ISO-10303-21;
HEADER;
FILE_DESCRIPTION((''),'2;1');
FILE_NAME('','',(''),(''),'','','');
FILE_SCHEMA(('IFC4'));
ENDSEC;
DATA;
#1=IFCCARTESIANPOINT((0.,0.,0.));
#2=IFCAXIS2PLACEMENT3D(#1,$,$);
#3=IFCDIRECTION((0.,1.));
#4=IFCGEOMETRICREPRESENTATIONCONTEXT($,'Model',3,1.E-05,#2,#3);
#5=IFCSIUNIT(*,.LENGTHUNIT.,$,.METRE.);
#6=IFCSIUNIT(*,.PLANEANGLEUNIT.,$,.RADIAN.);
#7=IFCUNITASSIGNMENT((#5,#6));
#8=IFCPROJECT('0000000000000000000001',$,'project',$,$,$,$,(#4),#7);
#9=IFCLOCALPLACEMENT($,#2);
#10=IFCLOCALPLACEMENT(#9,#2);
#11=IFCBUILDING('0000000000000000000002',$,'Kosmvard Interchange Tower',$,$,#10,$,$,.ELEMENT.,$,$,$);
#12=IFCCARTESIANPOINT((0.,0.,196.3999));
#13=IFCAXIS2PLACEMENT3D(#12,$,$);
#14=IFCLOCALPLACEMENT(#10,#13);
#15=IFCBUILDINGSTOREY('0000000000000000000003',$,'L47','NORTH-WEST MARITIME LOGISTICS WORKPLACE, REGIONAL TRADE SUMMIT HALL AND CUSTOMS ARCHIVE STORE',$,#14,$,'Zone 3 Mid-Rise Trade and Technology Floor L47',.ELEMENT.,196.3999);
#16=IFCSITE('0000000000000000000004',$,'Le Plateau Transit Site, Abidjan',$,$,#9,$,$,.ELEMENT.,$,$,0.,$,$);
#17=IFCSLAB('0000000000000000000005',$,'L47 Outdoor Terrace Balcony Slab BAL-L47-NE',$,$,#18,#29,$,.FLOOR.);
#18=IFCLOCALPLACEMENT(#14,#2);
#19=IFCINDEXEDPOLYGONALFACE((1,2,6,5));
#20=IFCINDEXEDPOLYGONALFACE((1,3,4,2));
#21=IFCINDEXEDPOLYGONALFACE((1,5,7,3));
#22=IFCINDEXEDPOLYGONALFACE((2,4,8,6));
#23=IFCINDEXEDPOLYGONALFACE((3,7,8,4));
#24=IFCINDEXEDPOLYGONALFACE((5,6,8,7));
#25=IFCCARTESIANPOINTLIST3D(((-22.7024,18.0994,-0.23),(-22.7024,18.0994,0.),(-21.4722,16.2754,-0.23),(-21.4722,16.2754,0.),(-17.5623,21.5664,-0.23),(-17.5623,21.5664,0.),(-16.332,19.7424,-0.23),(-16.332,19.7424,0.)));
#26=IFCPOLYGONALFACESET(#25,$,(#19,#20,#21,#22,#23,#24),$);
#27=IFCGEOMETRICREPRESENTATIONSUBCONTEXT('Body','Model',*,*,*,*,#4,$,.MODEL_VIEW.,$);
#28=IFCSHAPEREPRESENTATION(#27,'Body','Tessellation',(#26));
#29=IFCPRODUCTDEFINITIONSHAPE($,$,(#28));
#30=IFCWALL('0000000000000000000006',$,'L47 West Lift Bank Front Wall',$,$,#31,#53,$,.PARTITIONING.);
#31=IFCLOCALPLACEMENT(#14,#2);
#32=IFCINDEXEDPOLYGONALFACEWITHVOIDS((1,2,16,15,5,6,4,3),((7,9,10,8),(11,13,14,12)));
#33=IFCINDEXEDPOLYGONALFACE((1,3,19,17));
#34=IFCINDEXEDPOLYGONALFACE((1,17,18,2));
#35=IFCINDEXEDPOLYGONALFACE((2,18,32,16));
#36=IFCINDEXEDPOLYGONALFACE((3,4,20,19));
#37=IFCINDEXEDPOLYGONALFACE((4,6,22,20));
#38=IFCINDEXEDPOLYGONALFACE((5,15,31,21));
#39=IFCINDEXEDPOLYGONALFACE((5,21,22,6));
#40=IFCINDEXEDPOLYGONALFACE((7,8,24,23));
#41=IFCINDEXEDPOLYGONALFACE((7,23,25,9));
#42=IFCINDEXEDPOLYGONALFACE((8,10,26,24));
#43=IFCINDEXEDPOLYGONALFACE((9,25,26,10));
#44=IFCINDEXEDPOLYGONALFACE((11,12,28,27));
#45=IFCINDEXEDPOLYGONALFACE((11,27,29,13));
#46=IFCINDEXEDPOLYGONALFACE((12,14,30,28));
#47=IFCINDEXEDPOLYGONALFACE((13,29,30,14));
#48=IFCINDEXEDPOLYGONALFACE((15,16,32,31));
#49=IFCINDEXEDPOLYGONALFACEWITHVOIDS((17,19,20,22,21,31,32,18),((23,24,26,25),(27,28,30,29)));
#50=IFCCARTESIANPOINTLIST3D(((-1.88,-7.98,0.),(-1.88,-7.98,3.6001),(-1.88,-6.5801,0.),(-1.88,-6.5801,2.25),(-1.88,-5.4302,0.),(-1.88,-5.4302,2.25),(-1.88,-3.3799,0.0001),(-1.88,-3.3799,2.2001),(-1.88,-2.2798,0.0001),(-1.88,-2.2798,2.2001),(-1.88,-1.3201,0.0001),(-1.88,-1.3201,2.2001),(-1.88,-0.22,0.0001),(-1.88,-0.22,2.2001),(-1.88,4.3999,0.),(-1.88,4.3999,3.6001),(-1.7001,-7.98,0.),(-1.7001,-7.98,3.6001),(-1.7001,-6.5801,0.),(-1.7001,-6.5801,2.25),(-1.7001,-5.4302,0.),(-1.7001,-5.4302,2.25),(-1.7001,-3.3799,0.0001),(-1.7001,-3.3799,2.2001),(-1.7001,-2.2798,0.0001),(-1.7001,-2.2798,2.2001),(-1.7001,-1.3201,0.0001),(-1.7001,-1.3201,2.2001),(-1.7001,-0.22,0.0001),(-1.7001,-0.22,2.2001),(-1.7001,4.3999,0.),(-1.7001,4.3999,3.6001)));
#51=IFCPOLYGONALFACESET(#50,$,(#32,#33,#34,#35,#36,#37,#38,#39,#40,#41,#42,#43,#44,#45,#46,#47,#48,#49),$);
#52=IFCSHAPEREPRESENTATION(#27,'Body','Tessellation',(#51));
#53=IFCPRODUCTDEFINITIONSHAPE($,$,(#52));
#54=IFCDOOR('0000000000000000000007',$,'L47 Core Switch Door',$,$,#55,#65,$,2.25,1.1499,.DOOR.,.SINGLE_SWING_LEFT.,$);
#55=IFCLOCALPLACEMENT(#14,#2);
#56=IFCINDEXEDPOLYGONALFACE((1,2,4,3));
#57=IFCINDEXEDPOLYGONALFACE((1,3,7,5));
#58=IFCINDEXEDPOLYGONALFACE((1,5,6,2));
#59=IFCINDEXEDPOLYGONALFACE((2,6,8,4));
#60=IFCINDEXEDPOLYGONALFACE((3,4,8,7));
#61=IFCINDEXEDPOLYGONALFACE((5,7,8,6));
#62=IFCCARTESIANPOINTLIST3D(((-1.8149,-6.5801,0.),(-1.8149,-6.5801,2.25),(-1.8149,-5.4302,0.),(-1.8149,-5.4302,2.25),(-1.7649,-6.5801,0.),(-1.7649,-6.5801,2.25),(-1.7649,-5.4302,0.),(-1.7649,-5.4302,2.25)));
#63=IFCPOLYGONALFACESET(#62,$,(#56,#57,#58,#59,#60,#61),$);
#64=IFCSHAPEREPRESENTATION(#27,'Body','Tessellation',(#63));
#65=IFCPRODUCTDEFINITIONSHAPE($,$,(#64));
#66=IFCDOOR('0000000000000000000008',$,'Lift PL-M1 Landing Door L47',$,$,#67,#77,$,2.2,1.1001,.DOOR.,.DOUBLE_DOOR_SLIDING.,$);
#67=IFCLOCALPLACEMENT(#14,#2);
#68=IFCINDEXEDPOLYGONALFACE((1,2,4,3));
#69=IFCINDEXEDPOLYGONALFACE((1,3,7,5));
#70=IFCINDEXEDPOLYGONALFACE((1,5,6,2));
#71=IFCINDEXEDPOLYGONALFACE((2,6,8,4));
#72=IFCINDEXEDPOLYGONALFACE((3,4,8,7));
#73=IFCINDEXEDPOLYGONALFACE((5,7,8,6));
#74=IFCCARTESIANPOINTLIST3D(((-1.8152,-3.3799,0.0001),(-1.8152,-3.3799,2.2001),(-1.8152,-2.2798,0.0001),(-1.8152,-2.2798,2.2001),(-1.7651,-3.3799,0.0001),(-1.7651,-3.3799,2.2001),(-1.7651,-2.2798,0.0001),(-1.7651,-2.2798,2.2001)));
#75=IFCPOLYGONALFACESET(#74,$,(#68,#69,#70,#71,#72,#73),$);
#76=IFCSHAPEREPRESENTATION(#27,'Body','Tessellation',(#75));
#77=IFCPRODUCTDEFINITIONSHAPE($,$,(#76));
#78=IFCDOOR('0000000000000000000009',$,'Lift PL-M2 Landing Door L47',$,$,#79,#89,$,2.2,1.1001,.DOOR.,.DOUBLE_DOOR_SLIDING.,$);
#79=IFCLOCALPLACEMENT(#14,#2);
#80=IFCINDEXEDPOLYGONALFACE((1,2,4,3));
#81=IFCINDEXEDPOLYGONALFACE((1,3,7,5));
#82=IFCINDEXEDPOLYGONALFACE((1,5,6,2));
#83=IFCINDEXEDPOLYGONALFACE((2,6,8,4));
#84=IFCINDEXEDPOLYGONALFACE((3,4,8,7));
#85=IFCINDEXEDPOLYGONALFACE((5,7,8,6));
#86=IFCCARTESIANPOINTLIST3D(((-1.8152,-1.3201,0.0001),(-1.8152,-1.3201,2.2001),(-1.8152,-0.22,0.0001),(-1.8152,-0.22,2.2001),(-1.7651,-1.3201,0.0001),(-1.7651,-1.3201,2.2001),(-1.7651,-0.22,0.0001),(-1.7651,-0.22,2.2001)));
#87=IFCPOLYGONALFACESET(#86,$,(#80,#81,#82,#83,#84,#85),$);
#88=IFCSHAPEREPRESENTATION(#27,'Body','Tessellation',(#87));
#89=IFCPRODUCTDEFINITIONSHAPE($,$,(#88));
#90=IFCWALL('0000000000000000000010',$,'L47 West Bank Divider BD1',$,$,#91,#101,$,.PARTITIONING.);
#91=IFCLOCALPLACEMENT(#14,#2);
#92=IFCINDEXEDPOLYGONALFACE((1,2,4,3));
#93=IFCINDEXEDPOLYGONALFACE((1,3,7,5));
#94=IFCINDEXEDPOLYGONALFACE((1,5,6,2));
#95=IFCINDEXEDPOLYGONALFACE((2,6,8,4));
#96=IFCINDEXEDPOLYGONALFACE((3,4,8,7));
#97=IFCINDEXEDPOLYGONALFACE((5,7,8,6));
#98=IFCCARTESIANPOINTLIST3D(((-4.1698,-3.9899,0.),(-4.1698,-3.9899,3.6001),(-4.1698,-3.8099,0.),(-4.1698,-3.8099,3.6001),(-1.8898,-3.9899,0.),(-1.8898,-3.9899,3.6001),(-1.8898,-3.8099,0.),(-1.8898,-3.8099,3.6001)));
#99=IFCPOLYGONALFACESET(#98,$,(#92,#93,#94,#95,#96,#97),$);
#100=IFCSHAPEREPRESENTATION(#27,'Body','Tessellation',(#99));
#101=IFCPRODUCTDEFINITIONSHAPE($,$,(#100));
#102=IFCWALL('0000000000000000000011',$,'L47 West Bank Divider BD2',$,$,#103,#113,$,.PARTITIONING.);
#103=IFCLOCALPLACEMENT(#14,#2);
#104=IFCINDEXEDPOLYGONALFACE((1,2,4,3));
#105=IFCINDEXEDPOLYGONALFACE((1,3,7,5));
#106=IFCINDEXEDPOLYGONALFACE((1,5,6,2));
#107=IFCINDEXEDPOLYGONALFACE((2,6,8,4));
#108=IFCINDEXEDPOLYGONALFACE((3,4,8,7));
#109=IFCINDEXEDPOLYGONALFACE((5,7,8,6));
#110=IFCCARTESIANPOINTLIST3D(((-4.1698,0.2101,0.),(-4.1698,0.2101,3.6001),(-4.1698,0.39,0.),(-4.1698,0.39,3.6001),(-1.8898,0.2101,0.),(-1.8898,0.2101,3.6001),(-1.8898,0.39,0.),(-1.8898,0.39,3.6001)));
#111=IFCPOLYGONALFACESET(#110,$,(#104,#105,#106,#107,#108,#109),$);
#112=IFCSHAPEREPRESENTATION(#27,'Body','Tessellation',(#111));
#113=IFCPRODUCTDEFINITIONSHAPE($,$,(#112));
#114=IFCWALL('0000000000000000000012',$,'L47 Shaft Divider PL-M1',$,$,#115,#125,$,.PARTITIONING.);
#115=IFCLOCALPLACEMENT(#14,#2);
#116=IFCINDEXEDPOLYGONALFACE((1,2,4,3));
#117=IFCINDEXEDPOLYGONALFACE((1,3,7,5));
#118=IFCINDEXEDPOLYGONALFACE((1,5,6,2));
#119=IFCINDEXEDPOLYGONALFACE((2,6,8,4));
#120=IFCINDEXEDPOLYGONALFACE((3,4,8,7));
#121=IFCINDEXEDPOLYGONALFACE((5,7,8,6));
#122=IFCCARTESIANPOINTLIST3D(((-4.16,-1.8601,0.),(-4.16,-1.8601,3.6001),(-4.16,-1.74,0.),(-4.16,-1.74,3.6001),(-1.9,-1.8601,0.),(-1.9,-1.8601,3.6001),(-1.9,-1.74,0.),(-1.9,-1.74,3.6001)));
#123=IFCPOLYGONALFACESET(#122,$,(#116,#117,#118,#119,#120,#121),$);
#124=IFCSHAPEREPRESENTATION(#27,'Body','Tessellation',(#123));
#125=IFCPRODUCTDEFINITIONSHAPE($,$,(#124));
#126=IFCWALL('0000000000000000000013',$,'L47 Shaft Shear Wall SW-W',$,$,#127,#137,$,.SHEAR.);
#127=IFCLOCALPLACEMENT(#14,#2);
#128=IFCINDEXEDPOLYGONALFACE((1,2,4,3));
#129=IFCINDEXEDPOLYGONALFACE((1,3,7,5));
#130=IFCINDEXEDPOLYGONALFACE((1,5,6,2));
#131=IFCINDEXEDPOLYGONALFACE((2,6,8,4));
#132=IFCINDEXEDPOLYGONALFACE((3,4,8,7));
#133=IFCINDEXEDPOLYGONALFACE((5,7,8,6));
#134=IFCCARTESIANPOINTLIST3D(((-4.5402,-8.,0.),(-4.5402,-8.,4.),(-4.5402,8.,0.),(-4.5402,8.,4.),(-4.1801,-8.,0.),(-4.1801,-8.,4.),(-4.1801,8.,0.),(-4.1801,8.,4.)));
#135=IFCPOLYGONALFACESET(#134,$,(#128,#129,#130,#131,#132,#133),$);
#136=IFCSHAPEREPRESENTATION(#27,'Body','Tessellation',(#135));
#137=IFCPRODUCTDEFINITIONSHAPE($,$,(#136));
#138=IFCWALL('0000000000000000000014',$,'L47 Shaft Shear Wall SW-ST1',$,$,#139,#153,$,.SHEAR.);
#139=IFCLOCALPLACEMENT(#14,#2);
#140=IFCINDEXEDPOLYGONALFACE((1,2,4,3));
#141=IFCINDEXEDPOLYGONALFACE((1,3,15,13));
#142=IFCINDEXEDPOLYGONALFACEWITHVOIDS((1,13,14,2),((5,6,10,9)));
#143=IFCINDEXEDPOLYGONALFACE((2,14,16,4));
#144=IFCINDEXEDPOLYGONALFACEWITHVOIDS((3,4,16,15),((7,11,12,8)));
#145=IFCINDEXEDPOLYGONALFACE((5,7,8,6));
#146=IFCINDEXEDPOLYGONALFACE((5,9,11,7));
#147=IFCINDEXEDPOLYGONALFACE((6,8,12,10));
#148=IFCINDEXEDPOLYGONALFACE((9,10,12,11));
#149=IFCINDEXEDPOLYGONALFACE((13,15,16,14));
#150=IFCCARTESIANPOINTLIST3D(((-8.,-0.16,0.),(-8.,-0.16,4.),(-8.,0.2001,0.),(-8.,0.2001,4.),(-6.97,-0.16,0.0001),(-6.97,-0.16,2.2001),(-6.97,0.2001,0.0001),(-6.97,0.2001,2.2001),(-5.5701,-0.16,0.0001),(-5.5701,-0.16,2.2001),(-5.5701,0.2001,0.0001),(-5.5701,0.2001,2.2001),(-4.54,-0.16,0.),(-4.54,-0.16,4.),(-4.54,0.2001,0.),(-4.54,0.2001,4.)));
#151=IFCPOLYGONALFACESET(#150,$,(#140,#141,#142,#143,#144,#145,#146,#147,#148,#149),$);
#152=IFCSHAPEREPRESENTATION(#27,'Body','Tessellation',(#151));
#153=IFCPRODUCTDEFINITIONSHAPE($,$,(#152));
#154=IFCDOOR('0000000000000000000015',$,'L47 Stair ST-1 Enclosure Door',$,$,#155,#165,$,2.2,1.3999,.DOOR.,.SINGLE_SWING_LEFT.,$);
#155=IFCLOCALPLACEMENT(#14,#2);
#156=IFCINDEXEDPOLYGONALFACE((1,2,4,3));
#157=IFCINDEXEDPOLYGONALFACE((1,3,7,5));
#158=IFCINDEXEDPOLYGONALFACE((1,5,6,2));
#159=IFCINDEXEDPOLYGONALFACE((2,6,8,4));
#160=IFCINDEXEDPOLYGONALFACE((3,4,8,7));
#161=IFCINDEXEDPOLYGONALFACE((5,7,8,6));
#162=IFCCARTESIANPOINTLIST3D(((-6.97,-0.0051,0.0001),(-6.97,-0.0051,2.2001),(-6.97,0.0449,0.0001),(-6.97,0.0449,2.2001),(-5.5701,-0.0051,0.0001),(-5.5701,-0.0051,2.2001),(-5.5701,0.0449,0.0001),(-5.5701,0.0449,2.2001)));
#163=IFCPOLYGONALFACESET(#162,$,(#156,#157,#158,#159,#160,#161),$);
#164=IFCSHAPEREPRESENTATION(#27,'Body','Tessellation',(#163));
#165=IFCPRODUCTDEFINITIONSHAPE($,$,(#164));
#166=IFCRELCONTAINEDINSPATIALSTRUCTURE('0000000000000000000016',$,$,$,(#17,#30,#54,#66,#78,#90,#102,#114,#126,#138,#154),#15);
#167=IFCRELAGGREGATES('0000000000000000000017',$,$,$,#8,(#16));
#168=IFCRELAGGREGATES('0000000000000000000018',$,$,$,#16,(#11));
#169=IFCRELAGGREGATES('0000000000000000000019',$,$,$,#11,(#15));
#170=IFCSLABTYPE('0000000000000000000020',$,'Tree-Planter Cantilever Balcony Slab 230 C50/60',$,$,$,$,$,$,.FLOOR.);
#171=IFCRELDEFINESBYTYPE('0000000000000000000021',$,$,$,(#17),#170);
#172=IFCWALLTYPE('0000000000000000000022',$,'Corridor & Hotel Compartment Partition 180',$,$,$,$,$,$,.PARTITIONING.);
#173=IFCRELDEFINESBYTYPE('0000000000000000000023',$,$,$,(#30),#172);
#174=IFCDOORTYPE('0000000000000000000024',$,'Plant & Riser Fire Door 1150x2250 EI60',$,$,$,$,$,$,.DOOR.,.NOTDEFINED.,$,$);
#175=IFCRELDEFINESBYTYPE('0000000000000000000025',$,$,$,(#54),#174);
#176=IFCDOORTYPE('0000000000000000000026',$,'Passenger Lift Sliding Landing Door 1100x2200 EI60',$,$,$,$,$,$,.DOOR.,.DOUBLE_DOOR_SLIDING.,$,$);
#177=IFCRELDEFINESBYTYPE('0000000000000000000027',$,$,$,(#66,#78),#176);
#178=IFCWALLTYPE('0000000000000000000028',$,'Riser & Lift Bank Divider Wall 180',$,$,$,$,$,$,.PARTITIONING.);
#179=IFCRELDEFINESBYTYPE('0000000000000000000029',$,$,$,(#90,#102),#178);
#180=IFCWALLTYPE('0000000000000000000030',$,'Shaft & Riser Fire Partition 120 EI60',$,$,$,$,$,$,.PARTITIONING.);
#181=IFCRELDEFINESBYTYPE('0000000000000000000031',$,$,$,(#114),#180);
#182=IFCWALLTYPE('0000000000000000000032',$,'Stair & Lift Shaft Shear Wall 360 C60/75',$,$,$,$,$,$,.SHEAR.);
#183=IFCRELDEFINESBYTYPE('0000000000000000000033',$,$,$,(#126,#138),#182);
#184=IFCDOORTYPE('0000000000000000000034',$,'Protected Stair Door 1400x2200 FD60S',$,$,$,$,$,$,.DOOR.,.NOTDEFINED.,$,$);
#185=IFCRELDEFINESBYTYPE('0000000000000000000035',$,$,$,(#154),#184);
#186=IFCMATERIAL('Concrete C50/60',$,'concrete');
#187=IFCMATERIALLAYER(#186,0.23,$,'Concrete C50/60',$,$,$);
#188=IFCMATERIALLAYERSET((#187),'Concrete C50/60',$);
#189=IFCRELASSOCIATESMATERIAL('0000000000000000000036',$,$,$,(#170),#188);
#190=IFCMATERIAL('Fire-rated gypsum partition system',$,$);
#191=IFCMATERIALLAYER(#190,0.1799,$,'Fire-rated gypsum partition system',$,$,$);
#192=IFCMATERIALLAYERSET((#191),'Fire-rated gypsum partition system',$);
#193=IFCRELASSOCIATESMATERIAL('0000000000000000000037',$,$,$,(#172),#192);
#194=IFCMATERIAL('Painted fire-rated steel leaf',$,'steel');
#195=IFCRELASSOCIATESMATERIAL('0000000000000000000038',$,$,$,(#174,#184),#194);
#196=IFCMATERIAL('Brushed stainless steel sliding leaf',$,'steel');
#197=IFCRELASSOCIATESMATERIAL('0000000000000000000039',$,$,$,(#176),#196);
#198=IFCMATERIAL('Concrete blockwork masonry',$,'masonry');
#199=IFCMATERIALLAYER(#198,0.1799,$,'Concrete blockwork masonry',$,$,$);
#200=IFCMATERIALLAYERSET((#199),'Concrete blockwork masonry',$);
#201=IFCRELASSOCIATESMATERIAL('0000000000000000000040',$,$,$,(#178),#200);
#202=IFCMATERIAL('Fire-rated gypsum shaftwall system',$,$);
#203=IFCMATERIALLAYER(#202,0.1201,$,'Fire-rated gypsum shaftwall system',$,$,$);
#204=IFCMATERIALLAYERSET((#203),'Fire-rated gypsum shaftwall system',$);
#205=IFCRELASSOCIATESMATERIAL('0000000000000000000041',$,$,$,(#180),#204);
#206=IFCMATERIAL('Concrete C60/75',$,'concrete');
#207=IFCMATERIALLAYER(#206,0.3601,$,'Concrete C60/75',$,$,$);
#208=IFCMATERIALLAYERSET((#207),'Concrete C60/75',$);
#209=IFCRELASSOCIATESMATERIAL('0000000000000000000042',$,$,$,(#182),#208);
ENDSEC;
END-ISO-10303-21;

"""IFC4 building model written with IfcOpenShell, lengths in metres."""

from ifc_helpers import new_model, si_unit, direction, frame, frame_2d, origin, place, context, subcontext, project, spatial, polyline, rectangle, outline, extrude, source, transform, mapped, material, layer, layer_set, type_object, element, fill, save


model = new_model("IFC4")

# Units and contexts
model_context = context("Model", 3, precision=1e-05, world=origin(), true_north=direction((0.0, 1.0)))
body_context = subcontext(model_context, "Body", "Model", "MODEL_VIEW")
ifc_project = project(units=[si_unit("LENGTHUNIT", "METRE"), si_unit("PLANEANGLEUNIT", "RADIAN")], contexts=[model_context])

# Site, building, storey
site_placement = place(None, origin())
site = spatial("IfcSite", under=ifc_project, at=site_placement, Name="Le Plateau Transit Site, Abidjan", CompositionType="ELEMENT", RefElevation=0.0)
building_placement = place(site_placement, origin())
building = spatial("IfcBuilding", under=site, at=building_placement, Name="Kosmvard Interchange Tower", CompositionType="ELEMENT")
storey_placement = place(building_placement, frame((0.0, 0.0, 196.3999)))
storey = spatial("IfcBuildingStorey", under=building, at=storey_placement, Name="L47", Description="NORTH-WEST MARITIME LOGISTICS WORKPLACE, REGIONAL TRADE SUMMIT HALL AND CUSTOMS ARCHIVE STORE", LongName="Zone 3 Mid-Rise Trade and Technology Floor L47", CompositionType="ELEMENT", Elevation=196.3999)

# Shared definitions
ifc_material_1 = material(Name="Concrete C60/75", Category="concrete")

# Slab
ifc_material_2 = material(Name="Concrete C50/60", Category="concrete")
ifc_layer_1 = layer(ifc_material_2, 0.23, Name="Concrete C50/60")
ifc_layer_set_1 = layer_set([ifc_layer_1], Name="Concrete C50/60")
slab_type_1 = type_object("IfcSlabType", Name="Tree-Planter Cantilever Balcony Slab 230 C50/60", PredefinedType="FLOOR", material=ifc_layer_set_1)
slab_1_placement = place(storey_placement, frame((0.0, 0.0, -0.23)))
element("IfcSlab", 1, at=slab_1_placement, inside=storey, type_object=slab_type_1, Name="L47 Outdoor Terrace Balcony Slab BAL-L47-NE", PredefinedType="FLOOR", context=body_context, shape_type="SweptSolid", body=[
    extrude(outline(polyline([(-21.4722, 16.2754), (-16.332, 19.7424), (-17.5623, 21.5664), (-22.7024, 18.0994), (-21.4722, 16.2754)])), origin(), (0.0, 0.0, 1.0), 0.23),
])

# Wall, openings, doors
ifc_material_3 = material(Name="Fire-rated gypsum partition system")
ifc_layer_2 = layer(ifc_material_3, 0.1799, Name="Fire-rated gypsum partition system")
ifc_layer_set_2 = layer_set([ifc_layer_2], Name="Fire-rated gypsum partition system")
wall_type_1 = type_object("IfcWallType", Name="Corridor & Hotel Compartment Partition 180", PredefinedType="PARTITIONING", material=ifc_layer_set_2)
wall_1_placement = place(storey_placement, frame((-1.79, -7.98, 0.0), z_axis=(0.0, 0.0, 1.0), x_axis=(0.0, 1.0, 0.0)))
wall_1 = element("IfcWall", 2, at=wall_1_placement, inside=storey, type_object=wall_type_1, Name="L47 West Lift Bank Front Wall", PredefinedType="PARTITIONING", context=body_context, shape_type="SweptSolid", body=[
    extrude(rectangle(XDim=12.3799, YDim=0.1799, at=frame_2d((6.1899, 0.0))), origin(), (0.0, 0.0, 1.0), 3.6001),
])
opening_1_placement = place(wall_1_placement, frame((4.6001, 0.0, 0.0)))
opening_1 = element("IfcOpeningElement", 3, at=opening_1_placement, cuts=wall_1, PredefinedType="OPENING", context=body_context, shape_type="SweptSolid", body=[
    extrude(rectangle(XDim=1.1001, YDim=2.2, at=frame_2d((0.55, 1.1001))), frame((0.0, 0.1001, 0.0), z_axis=(0.0, -1.0, 0.0), x_axis=(1.0, 0.0, 0.0)), (0.0, 0.0, 1.0), 0.2),
])
opening_2_placement = place(wall_1_placement, frame((6.6599, 0.0, 0.0)))
opening_2 = element("IfcOpeningElement", 4, at=opening_2_placement, cuts=wall_1, PredefinedType="OPENING", context=body_context, shape_type="SweptSolid", body=[
    extrude(rectangle(XDim=1.1001, YDim=2.2, at=frame_2d((0.55, 1.1001))), frame((0.0, 0.1001, 0.0), z_axis=(0.0, -1.0, 0.0), x_axis=(1.0, 0.0, 0.0)), (0.0, 0.0, 1.0), 0.2),
])
opening_3_placement = place(wall_1_placement, frame((1.3999, 0.0, 0.0)))
opening_3 = element("IfcOpeningElement", 5, at=opening_3_placement, cuts=wall_1, PredefinedType="OPENING", context=body_context, shape_type="SweptSolid", body=[
    extrude(rectangle(XDim=1.1499, YDim=2.25, at=frame_2d((0.575, 1.125))), frame((0.0, 0.1001, 0.0), z_axis=(0.0, -1.0, 0.0), x_axis=(1.0, 0.0, 0.0)), (0.0, 0.0, 1.0), 0.2),
])
ifc_material_4 = material(Name="Painted fire-rated steel leaf", Category="steel")
door_type_1 = type_object("IfcDoorType", Name="Plant & Riser Fire Door 1150x2250 EI60", OperationType="NOTDEFINED", PredefinedType="DOOR", material=ifc_material_4)
shared_shape_1 = source(origin(), body_context, "Body", "SweptSolid", [
    extrude(rectangle(XDim=1.1499, YDim=2.25, at=frame_2d((0.575, 1.125))), frame((0.0, 0.0249, 0.0), z_axis=(0.0, -1.0, 0.0), x_axis=(1.0, 0.0, 0.0)), (0.0, 0.0, 1.0), 0.05),
])
door_1_placement = place(opening_3_placement, origin())
door_1 = element("IfcDoor", 6, at=door_1_placement, inside=storey, type_object=door_type_1, Name="L47 Core Switch Door", OperationType="SINGLE_SWING_LEFT", OverallHeight=2.25, OverallWidth=1.1499, PredefinedType="DOOR", context=body_context, shape_type="MappedRepresentation", body=[
    mapped(shared_shape_1, transform((0.0, 0.0, 0.0), scale=1.0)),
])
fill(opening_3, door_1)
ifc_material_5 = material(Name="Brushed stainless steel sliding leaf", Category="steel")
door_type_2 = type_object("IfcDoorType", Name="Passenger Lift Sliding Landing Door 1100x2200 EI60", OperationType="DOUBLE_DOOR_SLIDING", PredefinedType="DOOR", material=ifc_material_5)
shared_shape_2 = source(origin(), body_context, "Body", "SweptSolid", [
    extrude(rectangle(XDim=1.1001, YDim=2.2, at=frame_2d((0.55, 1.1001))), frame((0.0, 0.0249, 0.0), z_axis=(0.0, -1.0, 0.0), x_axis=(1.0, 0.0, 0.0)), (0.0, 0.0, 1.0), 0.05),
])
door_2_placement = place(opening_1_placement, frame((1.1001, 0.0, 0.0), z_axis=(0.0, 0.0, 1.0), x_axis=(-1.0, 0.0, 0.0)))
door_2 = element("IfcDoor", 7, at=door_2_placement, inside=storey, type_object=door_type_2, Name="Lift PL-M1 Landing Door L47", OperationType="DOUBLE_DOOR_SLIDING", OverallHeight=2.2, OverallWidth=1.1001, PredefinedType="DOOR", context=body_context, shape_type="MappedRepresentation", body=[
    mapped(shared_shape_2, transform((0.0, 0.0, 0.0), scale=1.0)),
])
fill(opening_1, door_2)
door_3_placement = place(opening_2_placement, frame((1.1001, 0.0, 0.0), z_axis=(0.0, 0.0, 1.0), x_axis=(-1.0, 0.0, 0.0)))
door_3 = element("IfcDoor", 8, at=door_3_placement, inside=storey, type_object=door_type_2, Name="Lift PL-M2 Landing Door L47", OperationType="DOUBLE_DOOR_SLIDING", OverallHeight=2.2, OverallWidth=1.1001, PredefinedType="DOOR", context=body_context, shape_type="MappedRepresentation", body=[
    mapped(shared_shape_2, transform((0.0, 0.0, 0.0), scale=1.0)),
])
fill(opening_2, door_3)

# Walls
ifc_material_6 = material(Name="Concrete blockwork masonry", Category="masonry")
ifc_layer_3 = layer(ifc_material_6, 0.1799, Name="Concrete blockwork masonry")
ifc_layer_set_3 = layer_set([ifc_layer_3], Name="Concrete blockwork masonry")
wall_type_2 = type_object("IfcWallType", Name="Riser & Lift Bank Divider Wall 180", PredefinedType="PARTITIONING", material=ifc_layer_set_3)
for number, where, z_axis, x_axis, name in (
    (9, (-4.1699, -3.8999, 0.0), (0.0, 0.0, 1.0), (1.0, 0.0, 0.0), "L47 West Bank Divider BD1"),
    (10, (-4.1699, 0.3, 0.0), (0.0, 0.0, 1.0), (1.0, 0.0, 0.0), "L47 West Bank Divider BD2"),
):
    element("IfcWall", number, at=place(storey_placement, frame(where, z_axis=z_axis, x_axis=x_axis)), inside=storey, type_object=wall_type_2, Name=name, PredefinedType="PARTITIONING", context=body_context, shape_type="SweptSolid", body=[
        extrude(rectangle(XDim=2.28, YDim=0.1799, at=frame_2d((1.1401, 0.0))), origin(), (0.0, 0.0, 1.0), 3.6001),
    ])
ifc_material_7 = material(Name="Fire-rated gypsum shaftwall system")
ifc_layer_4 = layer(ifc_material_7, 0.1201, Name="Fire-rated gypsum shaftwall system")
ifc_layer_set_4 = layer_set([ifc_layer_4], Name="Fire-rated gypsum shaftwall system")
wall_type_3 = type_object("IfcWallType", Name="Shaft & Riser Fire Partition 120 EI60", PredefinedType="PARTITIONING", material=ifc_layer_set_4)
wall_2_placement = place(storey_placement, frame((-4.1599, -1.8, 0.0), z_axis=(0.0, 0.0, 1.0), x_axis=(1.0, 0.0, 0.0)))
element("IfcWall", 11, at=wall_2_placement, inside=storey, type_object=wall_type_3, Name="L47 Shaft Divider PL-M1", PredefinedType="PARTITIONING", context=body_context, shape_type="SweptSolid", body=[
    extrude(rectangle(XDim=2.26, YDim=0.1201, at=frame_2d((1.1299, 0.0))), origin(), (0.0, 0.0, 1.0), 3.6001),
])
ifc_layer_5 = layer(ifc_material_1, 0.3601, Name="Concrete C60/75")
ifc_layer_set_5 = layer_set([ifc_layer_5], Name="Concrete C60/75")
wall_type_4 = type_object("IfcWallType", Name="Stair & Lift Shaft Shear Wall 360 C60/75", PredefinedType="SHEAR", material=ifc_layer_set_5)
wall_3_placement = place(storey_placement, frame((-4.3601, -8.0, 0.0), z_axis=(0.0, 0.0, 1.0), x_axis=(0.0, 1.0, 0.0)))
element("IfcWall", 12, at=wall_3_placement, inside=storey, type_object=wall_type_4, Name="L47 Shaft Shear Wall SW-W", PredefinedType="SHEAR", context=body_context, shape_type="SweptSolid", body=[
    extrude(rectangle(XDim=16.0, YDim=0.3601, at=frame_2d((8.0, 0.0))), origin(), (0.0, 0.0, 1.0), 4.0),
])

# Wall, opening, door
wall_4_placement = place(storey_placement, frame((-8.0, 0.02, 0.0), z_axis=(0.0, 0.0, 1.0), x_axis=(1.0, 0.0, 0.0)))
wall_4 = element("IfcWall", 13, at=wall_4_placement, inside=storey, type_object=wall_type_4, Name="L47 Shaft Shear Wall SW-ST1", PredefinedType="SHEAR", context=body_context, shape_type="SweptSolid", body=[
    extrude(rectangle(XDim=3.46, YDim=0.3601, at=frame_2d((1.73, 0.0))), origin(), (0.0, 0.0, 1.0), 4.0),
])
opening_4_placement = place(wall_4_placement, frame((1.03, 0.0, 0.0)))
opening_4 = element("IfcOpeningElement", 14, at=opening_4_placement, cuts=wall_4, PredefinedType="OPENING", context=body_context, shape_type="SweptSolid", body=[
    extrude(rectangle(XDim=1.3999, YDim=2.2, at=frame_2d((0.7, 1.1001))), frame((0.0, 0.1899, 0.0), z_axis=(0.0, -1.0, 0.0), x_axis=(1.0, 0.0, 0.0)), (0.0, 0.0, 1.0), 0.3801),
])
door_type_3 = type_object("IfcDoorType", Name="Protected Stair Door 1400x2200 FD60S", OperationType="NOTDEFINED", PredefinedType="DOOR", material=ifc_material_4)
shared_shape_3 = source(origin(), body_context, "Body", "SweptSolid", [
    extrude(rectangle(XDim=1.3999, YDim=2.2, at=frame_2d((0.7, 1.1001))), frame((0.0, 0.0249, 0.0), z_axis=(0.0, -1.0, 0.0), x_axis=(1.0, 0.0, 0.0)), (0.0, 0.0, 1.0), 0.05),
])
door_4_placement = place(opening_4_placement, origin())
door_4 = element("IfcDoor", 15, at=door_4_placement, inside=storey, type_object=door_type_3, Name="L47 Stair ST-1 Enclosure Door", OperationType="SINGLE_SWING_LEFT", OverallHeight=2.2, OverallWidth=1.3999, PredefinedType="DOOR", context=body_context, shape_type="MappedRepresentation", body=[
    mapped(shared_shape_3, transform((0.0, 0.0, 0.0), scale=1.0)),
])
fill(opening_4, door_4)

save(model, "model.ifc")
